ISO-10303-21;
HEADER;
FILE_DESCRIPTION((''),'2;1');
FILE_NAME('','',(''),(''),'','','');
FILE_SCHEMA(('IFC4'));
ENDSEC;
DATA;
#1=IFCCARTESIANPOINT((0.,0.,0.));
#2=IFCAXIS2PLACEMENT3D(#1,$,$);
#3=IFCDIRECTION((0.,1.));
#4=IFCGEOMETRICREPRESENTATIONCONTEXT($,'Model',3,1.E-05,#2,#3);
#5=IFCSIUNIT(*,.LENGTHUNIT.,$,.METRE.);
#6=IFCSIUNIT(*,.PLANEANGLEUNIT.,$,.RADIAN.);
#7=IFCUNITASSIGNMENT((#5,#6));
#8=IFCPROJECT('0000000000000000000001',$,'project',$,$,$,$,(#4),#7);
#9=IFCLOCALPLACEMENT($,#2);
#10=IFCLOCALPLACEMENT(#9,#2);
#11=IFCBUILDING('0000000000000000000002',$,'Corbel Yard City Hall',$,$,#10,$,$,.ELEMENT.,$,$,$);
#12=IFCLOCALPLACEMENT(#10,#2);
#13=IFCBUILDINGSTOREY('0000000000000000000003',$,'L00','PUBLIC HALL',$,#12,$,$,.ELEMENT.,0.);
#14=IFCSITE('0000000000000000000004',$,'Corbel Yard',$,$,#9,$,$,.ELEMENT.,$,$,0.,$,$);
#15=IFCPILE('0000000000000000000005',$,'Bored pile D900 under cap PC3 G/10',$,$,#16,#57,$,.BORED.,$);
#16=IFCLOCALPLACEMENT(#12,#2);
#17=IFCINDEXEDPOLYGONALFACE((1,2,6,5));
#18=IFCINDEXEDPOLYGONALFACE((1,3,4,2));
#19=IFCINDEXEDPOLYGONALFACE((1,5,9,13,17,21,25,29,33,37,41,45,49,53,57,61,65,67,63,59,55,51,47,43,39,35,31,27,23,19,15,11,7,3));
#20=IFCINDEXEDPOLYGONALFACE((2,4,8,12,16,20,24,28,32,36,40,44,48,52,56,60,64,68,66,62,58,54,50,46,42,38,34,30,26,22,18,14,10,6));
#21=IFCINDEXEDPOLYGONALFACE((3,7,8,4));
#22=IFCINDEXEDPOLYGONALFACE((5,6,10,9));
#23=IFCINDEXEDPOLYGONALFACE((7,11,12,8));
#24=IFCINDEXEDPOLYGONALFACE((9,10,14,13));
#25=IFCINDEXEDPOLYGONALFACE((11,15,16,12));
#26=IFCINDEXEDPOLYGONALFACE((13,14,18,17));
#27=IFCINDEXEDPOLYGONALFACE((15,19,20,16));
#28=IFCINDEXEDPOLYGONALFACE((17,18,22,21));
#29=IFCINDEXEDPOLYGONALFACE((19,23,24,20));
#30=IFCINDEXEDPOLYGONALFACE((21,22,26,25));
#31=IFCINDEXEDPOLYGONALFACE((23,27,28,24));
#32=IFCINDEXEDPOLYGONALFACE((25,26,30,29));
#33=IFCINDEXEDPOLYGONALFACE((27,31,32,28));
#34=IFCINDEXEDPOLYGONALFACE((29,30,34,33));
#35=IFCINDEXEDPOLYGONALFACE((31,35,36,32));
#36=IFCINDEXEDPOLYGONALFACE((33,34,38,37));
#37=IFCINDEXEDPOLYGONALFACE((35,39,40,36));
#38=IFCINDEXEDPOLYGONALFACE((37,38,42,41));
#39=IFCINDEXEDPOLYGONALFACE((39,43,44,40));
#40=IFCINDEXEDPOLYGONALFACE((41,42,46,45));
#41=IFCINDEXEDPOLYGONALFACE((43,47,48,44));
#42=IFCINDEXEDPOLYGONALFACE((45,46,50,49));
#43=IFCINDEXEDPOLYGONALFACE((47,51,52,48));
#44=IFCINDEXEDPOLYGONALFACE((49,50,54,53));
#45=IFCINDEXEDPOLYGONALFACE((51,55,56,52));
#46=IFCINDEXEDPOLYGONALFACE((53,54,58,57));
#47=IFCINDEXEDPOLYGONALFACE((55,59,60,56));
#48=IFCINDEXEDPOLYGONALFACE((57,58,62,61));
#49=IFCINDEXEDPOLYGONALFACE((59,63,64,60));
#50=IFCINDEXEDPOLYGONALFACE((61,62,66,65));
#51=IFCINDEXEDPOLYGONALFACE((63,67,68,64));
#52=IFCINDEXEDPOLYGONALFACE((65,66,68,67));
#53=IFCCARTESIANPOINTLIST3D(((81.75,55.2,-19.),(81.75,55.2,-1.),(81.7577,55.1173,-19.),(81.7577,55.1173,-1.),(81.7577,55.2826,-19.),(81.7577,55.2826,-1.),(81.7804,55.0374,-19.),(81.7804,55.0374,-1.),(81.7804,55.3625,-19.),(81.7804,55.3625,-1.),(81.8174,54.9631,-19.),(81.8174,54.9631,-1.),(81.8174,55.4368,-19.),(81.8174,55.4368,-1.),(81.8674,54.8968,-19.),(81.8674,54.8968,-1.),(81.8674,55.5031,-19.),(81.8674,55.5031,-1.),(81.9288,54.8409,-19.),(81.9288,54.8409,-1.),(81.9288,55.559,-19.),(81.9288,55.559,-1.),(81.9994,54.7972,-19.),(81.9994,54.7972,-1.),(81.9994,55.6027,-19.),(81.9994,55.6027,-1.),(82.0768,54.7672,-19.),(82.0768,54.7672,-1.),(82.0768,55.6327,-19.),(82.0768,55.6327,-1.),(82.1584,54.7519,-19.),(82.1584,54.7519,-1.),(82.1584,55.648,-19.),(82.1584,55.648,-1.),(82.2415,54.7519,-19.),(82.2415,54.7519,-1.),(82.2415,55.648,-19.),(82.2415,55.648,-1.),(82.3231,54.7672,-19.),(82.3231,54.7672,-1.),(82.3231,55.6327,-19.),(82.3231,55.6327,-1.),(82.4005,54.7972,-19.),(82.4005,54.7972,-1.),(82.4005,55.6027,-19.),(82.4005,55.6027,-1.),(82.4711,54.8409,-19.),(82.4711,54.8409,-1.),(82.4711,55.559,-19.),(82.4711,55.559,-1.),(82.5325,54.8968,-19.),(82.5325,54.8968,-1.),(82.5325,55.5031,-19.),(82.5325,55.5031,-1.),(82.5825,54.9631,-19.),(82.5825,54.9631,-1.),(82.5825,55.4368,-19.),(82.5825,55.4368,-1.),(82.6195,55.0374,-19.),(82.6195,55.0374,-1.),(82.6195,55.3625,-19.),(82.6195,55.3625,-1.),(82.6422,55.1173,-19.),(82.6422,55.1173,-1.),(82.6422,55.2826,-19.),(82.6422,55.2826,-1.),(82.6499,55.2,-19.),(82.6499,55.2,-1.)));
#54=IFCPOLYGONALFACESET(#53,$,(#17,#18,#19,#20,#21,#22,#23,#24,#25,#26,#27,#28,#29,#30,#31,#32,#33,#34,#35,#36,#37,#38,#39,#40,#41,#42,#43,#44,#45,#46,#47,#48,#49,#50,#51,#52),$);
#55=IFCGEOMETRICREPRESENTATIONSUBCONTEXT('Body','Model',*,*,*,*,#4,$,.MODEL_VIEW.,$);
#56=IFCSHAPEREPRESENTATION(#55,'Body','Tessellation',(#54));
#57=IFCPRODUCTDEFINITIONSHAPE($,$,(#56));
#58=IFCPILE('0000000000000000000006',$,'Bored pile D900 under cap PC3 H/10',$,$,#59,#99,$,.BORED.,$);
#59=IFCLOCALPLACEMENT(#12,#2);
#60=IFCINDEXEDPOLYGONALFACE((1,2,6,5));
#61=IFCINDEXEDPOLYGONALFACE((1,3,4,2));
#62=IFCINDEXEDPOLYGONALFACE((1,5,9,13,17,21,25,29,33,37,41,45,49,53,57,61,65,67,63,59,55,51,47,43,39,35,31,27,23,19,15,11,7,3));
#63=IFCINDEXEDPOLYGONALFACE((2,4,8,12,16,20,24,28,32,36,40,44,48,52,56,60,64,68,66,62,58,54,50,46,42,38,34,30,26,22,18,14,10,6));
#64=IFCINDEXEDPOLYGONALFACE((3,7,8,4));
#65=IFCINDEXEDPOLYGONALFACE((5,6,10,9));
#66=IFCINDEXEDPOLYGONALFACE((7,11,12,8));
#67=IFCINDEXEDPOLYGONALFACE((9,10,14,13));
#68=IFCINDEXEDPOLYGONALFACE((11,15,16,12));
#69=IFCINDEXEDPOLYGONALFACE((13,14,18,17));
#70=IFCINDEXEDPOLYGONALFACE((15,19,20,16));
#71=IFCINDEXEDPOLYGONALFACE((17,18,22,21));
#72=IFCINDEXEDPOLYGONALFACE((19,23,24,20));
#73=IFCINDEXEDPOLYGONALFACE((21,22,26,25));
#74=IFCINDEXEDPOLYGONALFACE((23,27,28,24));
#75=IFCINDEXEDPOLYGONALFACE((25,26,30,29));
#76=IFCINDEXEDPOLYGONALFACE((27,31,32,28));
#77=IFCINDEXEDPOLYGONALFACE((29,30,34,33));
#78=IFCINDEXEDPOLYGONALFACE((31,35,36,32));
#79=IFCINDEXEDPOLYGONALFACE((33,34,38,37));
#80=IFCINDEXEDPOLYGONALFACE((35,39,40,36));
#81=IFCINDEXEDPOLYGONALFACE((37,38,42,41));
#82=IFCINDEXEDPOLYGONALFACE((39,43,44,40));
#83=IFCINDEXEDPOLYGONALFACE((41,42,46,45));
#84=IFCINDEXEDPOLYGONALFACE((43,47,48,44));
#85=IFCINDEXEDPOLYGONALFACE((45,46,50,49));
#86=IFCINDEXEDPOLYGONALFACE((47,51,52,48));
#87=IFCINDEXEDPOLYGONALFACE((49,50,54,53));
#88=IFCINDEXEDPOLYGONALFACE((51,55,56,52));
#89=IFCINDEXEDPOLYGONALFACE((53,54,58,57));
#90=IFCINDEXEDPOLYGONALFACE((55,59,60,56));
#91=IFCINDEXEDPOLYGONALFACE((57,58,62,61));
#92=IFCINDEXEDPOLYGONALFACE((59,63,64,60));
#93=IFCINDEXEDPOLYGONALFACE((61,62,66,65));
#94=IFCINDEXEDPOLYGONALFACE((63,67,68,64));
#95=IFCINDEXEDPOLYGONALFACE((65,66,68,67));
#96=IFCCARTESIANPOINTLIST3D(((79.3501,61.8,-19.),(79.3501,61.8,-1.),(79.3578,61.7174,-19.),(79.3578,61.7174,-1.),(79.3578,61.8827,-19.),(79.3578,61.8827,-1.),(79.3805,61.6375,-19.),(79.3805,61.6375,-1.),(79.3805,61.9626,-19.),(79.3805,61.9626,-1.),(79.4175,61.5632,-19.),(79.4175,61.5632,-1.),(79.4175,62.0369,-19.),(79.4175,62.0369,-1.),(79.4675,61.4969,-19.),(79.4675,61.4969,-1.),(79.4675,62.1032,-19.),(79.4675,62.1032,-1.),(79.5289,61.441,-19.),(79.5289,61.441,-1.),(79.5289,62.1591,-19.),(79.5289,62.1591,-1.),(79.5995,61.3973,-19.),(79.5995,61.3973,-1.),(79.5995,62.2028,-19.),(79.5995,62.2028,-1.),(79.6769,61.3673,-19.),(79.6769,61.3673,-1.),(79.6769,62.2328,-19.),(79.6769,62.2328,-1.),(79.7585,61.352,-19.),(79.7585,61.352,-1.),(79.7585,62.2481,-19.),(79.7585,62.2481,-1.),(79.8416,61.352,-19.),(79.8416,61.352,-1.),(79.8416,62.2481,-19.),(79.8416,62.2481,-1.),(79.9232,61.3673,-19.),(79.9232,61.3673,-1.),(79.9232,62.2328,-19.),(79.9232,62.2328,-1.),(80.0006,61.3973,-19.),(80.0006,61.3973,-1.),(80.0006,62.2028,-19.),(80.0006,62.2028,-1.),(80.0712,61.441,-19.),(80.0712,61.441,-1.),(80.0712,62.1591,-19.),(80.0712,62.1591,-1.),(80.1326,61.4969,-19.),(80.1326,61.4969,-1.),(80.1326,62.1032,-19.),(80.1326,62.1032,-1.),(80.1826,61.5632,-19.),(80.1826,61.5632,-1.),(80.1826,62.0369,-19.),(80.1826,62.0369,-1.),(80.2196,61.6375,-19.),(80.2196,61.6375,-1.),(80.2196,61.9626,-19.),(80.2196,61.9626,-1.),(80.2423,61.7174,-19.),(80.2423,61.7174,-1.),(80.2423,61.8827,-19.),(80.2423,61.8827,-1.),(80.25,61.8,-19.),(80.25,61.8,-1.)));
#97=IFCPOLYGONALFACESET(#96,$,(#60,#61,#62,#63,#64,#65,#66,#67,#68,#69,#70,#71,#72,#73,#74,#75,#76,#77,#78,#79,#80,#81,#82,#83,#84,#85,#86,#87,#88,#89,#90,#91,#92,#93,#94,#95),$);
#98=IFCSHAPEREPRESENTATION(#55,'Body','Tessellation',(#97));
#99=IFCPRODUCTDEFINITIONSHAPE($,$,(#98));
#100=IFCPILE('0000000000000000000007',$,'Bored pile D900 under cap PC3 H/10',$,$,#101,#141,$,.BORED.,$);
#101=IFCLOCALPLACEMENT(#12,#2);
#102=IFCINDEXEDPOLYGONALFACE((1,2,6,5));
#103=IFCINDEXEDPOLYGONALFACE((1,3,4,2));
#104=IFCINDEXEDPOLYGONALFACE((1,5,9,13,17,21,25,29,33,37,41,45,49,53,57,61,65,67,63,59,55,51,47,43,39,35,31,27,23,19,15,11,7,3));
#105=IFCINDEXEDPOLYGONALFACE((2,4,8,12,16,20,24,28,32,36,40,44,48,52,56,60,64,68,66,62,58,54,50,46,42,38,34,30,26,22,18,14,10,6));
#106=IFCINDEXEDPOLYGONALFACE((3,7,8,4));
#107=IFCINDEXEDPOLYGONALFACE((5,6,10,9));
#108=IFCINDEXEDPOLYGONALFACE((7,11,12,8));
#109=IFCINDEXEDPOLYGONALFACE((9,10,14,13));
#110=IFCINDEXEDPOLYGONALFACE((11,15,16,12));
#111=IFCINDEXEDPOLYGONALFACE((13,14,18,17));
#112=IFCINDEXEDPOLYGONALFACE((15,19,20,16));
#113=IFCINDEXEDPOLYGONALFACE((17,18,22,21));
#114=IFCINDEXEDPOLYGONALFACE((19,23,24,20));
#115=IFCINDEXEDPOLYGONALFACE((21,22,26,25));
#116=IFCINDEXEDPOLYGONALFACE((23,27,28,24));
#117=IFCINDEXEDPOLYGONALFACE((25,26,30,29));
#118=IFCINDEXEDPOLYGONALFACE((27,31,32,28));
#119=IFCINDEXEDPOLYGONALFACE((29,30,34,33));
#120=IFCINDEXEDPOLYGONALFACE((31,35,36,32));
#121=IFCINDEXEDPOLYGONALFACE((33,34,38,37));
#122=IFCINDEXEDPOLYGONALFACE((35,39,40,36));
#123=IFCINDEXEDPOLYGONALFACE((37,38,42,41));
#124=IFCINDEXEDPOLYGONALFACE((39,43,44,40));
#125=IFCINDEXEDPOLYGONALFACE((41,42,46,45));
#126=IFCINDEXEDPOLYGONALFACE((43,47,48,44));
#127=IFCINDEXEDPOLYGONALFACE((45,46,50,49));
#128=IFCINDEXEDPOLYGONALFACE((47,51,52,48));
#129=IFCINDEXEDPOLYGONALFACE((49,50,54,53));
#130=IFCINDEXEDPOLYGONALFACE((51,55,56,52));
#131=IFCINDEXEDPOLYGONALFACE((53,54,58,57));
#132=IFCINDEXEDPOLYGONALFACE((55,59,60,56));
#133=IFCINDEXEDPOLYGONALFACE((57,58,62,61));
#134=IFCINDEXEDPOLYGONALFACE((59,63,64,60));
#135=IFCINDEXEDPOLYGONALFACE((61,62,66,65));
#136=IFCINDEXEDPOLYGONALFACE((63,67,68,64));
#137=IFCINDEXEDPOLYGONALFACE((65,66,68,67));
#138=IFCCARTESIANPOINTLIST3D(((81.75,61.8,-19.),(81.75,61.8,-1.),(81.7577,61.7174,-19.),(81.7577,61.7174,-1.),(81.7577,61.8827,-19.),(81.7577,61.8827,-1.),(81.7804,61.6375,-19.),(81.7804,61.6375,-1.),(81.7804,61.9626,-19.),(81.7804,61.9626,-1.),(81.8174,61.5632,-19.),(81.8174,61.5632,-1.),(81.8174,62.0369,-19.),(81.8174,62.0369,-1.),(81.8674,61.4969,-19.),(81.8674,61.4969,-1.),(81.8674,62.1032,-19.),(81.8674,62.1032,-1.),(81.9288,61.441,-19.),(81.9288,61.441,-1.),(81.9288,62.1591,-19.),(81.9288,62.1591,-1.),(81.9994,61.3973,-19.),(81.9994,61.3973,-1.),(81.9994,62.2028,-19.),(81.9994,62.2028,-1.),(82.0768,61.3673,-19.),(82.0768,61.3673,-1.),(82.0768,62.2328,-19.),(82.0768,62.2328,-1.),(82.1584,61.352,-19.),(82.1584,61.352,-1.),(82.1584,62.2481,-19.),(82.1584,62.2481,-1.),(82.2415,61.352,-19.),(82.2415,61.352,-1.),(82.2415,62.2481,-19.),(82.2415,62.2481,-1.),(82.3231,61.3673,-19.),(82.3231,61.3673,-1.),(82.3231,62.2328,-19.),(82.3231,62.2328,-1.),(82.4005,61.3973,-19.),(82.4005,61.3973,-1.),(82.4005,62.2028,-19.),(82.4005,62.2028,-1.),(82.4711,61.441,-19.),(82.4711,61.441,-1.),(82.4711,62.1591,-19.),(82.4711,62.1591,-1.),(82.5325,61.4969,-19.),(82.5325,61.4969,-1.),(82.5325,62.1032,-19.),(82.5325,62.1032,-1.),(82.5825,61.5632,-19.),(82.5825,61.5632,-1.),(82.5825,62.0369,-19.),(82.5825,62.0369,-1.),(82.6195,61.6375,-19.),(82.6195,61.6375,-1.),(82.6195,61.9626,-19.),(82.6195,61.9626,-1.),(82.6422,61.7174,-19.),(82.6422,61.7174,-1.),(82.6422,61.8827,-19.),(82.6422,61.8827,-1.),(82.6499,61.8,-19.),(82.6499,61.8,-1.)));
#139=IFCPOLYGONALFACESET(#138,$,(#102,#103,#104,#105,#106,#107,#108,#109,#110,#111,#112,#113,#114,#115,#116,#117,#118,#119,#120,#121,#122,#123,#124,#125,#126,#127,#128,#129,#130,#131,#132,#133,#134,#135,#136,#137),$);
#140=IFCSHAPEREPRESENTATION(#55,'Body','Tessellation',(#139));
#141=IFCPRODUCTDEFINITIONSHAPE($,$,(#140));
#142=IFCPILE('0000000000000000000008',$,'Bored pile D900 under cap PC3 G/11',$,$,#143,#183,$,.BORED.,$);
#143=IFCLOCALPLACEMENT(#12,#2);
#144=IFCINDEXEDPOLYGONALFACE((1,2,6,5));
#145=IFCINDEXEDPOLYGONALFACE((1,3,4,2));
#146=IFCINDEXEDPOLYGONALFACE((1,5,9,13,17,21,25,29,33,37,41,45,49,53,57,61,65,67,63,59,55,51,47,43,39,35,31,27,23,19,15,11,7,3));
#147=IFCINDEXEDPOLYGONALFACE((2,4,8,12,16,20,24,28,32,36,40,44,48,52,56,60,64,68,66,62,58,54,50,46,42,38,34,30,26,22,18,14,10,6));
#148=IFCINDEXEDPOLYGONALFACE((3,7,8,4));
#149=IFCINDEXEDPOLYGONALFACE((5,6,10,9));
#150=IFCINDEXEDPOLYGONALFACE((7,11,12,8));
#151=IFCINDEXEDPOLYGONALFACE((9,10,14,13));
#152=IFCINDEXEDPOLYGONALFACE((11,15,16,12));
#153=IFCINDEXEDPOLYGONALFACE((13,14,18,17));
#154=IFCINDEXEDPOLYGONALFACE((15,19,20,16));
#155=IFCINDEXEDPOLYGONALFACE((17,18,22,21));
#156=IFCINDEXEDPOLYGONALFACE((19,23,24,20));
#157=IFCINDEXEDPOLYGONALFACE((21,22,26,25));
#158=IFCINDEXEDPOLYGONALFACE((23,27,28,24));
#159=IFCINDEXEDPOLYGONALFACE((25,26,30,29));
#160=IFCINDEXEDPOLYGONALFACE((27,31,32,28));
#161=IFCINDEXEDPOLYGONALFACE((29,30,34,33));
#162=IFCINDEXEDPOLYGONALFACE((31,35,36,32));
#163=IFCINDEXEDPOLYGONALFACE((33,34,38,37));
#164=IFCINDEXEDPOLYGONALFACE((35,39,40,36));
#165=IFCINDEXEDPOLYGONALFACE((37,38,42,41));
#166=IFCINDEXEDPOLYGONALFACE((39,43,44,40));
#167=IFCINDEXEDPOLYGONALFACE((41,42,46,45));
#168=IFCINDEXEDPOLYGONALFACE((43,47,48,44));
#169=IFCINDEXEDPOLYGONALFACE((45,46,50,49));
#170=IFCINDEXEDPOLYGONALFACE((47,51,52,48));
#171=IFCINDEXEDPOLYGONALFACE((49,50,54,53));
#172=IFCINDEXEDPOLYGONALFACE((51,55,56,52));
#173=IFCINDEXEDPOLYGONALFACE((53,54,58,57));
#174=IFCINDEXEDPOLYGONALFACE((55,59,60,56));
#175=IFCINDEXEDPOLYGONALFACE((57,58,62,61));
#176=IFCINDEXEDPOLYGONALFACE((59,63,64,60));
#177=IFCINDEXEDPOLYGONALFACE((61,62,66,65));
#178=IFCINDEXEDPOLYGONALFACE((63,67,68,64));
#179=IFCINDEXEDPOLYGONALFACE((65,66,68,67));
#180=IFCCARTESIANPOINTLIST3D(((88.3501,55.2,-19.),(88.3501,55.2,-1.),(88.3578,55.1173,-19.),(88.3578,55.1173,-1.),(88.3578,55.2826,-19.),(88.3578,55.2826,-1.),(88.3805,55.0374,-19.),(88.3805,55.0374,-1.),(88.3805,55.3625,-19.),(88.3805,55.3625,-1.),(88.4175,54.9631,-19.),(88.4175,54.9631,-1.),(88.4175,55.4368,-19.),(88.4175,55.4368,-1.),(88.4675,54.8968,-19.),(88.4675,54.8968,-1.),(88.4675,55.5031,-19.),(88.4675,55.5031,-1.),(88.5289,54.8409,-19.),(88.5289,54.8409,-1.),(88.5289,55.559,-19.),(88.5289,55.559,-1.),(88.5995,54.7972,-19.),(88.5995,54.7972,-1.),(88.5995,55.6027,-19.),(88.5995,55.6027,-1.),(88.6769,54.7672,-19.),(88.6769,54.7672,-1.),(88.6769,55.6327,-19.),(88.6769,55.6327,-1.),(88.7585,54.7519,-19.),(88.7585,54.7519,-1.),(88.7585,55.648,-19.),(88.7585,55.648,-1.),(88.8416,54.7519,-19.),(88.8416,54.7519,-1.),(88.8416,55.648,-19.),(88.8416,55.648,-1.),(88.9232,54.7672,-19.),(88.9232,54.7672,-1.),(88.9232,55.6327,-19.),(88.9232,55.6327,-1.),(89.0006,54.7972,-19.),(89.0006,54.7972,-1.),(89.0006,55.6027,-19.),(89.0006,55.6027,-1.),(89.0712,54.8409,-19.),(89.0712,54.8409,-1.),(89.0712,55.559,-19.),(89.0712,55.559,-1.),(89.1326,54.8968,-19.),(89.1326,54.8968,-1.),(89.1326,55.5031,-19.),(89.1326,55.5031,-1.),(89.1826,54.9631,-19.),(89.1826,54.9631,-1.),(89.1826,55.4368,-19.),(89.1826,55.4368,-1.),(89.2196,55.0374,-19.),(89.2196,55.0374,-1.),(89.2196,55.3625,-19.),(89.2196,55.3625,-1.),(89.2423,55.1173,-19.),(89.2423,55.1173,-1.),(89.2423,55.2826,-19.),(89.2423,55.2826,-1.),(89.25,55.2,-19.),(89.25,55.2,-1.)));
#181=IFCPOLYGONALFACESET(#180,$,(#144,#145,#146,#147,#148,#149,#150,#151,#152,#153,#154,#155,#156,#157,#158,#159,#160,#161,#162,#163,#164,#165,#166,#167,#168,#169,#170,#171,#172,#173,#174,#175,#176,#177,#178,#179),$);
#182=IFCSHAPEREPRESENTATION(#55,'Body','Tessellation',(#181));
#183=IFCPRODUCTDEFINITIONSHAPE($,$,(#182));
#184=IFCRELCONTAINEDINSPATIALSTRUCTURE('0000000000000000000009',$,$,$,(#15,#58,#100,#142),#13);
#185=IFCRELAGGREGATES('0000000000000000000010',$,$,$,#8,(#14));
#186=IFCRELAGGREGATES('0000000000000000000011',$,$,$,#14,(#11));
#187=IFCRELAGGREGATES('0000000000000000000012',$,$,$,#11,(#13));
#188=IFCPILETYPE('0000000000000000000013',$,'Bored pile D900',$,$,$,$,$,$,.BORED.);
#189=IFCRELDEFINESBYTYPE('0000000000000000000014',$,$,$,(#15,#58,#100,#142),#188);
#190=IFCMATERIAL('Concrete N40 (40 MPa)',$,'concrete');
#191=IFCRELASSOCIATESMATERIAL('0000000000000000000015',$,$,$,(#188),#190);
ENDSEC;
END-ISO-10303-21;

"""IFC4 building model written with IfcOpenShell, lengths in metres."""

from ifc_helpers import new_model, si_unit, direction, frame, origin, origin_2d, place, context, subcontext, project, spatial, circle, extrude, material, material_profile, profile_set, type_object, element, save


model = new_model("IFC4")

# Units and contexts
model_context = context("Model", 3, precision=1e-05, world=origin(), true_north=direction((0.0, 1.0)))
body_context = subcontext(model_context, "Body", "Model", "MODEL_VIEW")
ifc_project = project(units=[si_unit("LENGTHUNIT", "METRE"), si_unit("PLANEANGLEUNIT", "RADIAN")], contexts=[model_context])

# Site, building, storey
site_placement = place(None, origin())
site = spatial("IfcSite", under=ifc_project, at=site_placement, Name="Corbel Yard", CompositionType="ELEMENT", RefElevation=0.0)
building_placement = place(site_placement, origin())
building = spatial("IfcBuilding", under=site, at=building_placement, Name="Corbel Yard City Hall", CompositionType="ELEMENT")
storey_placement = place(building_placement, origin())
storey = spatial("IfcBuildingStorey", under=building, at=storey_placement, Name="L00", Description="PUBLIC HALL", CompositionType="ELEMENT", Elevation=0.0)

# Piles
ifc_material_1 = material(Name="Concrete N40 (40 MPa)", Category="concrete")
ifc_material_profile_1 = material_profile(ifc_material_1, circle(Radius=0.45, at=origin_2d()), Name="D900")
ifc_profile_set_1 = profile_set([ifc_material_profile_1], Name="Concrete N40 (40 MPa)")
pile_type = type_object("IfcPileType", Name="Bored pile D900", PredefinedType="BORED", material=ifc_profile_set_1)
for number, where, z_axis, x_axis, name in (
    (1, (82.2, 55.2, -1.0), (0.0, 0.0, -1.0), (1.0, 0.0, 0.0), "Bored pile D900 under cap PC3 G/10"),
    (2, (79.8, 61.8, -1.0), (0.0, 0.0, -1.0), (1.0, 0.0, 0.0), "Bored pile D900 under cap PC3 H/10"),
    (3, (82.2, 61.8, -1.0), (0.0, 0.0, -1.0), (1.0, 0.0, 0.0), "Bored pile D900 under cap PC3 H/10"),
    (4, (88.8, 55.2, -1.0), (0.0, 0.0, -1.0), (1.0, 0.0, 0.0), "Bored pile D900 under cap PC3 G/11"),
):
    element("IfcPile", number, at=place(storey_placement, frame(where, z_axis=z_axis, x_axis=x_axis)), inside=storey, type_object=pile_type, Name=name, PredefinedType="BORED", context=body_context, shape_type="SweptSolid", body=[
        extrude(circle(Radius=0.45, at=origin_2d()), origin(), (0.0, 0.0, 1.0), 18.0),
    ])

save(model, "model.ifc")
